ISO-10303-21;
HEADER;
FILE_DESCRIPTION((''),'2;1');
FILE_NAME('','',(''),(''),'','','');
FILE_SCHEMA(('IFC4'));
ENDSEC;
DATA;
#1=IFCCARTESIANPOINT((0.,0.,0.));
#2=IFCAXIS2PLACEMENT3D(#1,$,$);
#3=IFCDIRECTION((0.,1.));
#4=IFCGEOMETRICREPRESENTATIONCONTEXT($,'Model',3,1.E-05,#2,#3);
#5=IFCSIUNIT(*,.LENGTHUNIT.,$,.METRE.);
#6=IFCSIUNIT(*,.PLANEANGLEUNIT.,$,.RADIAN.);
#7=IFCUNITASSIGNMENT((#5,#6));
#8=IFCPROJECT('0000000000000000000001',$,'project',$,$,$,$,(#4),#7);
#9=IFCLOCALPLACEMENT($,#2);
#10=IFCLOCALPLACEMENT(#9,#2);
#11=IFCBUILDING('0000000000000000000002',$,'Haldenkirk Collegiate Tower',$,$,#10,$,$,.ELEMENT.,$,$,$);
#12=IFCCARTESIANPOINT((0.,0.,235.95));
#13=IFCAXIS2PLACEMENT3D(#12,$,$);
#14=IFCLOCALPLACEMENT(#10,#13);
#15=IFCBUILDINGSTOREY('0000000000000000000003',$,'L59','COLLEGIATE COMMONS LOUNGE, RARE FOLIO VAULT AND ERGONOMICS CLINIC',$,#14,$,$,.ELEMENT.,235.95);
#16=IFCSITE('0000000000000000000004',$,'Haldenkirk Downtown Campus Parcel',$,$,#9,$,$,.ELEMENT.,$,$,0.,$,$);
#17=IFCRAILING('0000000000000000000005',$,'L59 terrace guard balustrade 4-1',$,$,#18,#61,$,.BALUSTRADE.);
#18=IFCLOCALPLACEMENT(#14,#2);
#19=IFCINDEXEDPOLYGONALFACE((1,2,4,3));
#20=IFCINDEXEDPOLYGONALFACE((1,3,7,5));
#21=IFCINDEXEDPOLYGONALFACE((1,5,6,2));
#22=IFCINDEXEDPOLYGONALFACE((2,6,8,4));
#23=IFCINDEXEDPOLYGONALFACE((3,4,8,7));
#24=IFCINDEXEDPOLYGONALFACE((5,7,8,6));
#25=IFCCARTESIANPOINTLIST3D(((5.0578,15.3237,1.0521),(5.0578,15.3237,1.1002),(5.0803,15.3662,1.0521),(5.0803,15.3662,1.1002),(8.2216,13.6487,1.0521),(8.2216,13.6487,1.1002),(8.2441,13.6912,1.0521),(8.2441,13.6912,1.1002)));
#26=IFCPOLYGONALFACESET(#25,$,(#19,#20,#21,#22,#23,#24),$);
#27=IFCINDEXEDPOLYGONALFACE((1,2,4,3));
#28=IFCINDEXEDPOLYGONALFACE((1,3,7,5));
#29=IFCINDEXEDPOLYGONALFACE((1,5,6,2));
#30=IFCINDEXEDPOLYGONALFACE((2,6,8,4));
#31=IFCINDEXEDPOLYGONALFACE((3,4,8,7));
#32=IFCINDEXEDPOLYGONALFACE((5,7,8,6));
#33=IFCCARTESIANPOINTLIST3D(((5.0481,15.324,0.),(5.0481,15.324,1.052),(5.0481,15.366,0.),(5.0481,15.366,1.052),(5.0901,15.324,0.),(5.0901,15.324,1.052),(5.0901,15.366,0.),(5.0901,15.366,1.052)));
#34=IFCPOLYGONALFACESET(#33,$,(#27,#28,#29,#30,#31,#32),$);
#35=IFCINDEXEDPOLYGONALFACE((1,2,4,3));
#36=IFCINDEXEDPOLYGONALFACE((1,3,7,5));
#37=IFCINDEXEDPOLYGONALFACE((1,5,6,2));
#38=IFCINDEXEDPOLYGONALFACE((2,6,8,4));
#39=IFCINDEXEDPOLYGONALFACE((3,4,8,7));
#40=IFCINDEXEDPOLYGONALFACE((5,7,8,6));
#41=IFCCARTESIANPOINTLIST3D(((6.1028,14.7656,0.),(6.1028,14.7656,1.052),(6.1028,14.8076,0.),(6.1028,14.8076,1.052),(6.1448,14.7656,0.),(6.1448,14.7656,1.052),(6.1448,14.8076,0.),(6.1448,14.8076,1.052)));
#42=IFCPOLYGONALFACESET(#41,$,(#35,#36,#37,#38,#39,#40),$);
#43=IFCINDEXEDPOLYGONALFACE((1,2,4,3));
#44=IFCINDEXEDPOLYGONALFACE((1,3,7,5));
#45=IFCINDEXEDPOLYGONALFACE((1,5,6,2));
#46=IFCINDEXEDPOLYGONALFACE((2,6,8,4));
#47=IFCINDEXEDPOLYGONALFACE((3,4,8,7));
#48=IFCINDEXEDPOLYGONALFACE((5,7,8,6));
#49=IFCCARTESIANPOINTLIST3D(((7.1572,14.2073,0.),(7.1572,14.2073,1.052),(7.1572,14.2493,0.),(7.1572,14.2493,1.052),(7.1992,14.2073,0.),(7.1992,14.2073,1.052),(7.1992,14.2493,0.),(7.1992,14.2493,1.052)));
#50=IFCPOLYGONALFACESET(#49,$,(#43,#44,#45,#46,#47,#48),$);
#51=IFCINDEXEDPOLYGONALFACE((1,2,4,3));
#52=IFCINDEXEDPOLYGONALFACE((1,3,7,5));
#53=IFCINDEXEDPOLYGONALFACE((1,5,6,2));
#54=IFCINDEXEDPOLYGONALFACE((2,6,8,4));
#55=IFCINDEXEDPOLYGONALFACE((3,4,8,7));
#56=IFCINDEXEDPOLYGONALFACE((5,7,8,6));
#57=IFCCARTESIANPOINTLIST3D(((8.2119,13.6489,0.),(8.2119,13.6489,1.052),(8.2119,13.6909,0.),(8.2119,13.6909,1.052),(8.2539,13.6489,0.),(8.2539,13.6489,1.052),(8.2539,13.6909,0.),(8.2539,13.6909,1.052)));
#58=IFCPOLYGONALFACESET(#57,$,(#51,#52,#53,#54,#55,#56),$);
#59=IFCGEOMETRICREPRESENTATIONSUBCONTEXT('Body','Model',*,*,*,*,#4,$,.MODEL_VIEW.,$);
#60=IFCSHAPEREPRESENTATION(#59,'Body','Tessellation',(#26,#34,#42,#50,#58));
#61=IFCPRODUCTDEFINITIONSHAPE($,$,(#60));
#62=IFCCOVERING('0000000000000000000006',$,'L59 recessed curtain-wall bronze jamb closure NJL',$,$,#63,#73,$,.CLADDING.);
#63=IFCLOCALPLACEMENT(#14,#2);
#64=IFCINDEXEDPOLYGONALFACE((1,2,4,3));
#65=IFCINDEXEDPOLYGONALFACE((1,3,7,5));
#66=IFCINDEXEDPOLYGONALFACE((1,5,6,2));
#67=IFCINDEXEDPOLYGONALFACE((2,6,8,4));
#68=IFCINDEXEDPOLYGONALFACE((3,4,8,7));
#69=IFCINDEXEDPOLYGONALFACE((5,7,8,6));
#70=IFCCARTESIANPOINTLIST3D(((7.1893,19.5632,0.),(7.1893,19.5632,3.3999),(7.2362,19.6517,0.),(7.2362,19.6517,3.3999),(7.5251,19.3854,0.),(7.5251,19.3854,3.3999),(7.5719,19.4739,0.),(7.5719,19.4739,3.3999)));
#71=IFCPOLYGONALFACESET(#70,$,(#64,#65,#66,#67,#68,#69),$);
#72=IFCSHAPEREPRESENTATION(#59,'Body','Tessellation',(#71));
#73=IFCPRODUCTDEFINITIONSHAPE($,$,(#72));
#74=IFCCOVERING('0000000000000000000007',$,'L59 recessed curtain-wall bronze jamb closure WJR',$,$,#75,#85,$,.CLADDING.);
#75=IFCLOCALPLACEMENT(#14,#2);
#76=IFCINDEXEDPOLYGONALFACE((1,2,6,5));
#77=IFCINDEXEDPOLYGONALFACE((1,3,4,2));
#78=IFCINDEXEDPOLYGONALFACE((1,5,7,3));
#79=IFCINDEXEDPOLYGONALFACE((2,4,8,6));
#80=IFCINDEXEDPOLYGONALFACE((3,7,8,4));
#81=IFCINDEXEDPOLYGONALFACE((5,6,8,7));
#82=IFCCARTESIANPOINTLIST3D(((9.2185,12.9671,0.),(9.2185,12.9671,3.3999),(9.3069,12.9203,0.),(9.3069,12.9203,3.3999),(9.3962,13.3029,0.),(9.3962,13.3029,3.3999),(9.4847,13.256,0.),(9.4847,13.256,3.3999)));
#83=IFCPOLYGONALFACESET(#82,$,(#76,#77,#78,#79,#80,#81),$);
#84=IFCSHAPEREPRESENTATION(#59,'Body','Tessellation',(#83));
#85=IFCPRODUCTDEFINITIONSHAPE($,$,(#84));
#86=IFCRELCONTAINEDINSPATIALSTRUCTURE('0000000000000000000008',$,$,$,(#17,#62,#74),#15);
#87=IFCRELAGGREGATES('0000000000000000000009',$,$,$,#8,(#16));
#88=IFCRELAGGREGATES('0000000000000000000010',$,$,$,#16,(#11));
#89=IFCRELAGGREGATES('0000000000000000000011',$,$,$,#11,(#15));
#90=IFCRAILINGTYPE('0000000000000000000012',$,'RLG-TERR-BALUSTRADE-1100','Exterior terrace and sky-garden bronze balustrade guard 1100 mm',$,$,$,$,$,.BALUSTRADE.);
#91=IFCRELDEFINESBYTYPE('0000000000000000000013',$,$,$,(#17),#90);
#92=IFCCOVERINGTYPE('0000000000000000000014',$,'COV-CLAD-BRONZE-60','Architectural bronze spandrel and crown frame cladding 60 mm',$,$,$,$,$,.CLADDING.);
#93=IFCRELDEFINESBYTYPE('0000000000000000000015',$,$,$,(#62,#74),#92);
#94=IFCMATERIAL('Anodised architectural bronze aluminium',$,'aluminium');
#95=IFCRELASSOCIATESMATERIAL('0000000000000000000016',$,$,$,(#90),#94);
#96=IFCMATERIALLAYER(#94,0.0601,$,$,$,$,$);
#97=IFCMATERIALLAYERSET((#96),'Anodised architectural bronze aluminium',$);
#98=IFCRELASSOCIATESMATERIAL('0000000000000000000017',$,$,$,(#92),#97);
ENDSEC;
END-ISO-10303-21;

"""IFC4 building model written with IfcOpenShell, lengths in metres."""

from ifc_helpers import new_model, si_unit, direction, frame, origin, origin_2d, place, context, subcontext, project, spatial, rectangle, extrude, source, transform, mapped, material, layer, layer_set, type_object, element, save


model = new_model("IFC4")

# Units and contexts
model_context = context("Model", 3, precision=1e-05, world=origin(), true_north=direction((0.0, 1.0)))
body_context = subcontext(model_context, "Body", "Model", "MODEL_VIEW")
ifc_project = project(units=[si_unit("LENGTHUNIT", "METRE"), si_unit("PLANEANGLEUNIT", "RADIAN")], contexts=[model_context])

# Site, building, storey
site_placement = place(None, origin())
site = spatial("IfcSite", under=ifc_project, at=site_placement, Name="Haldenkirk Downtown Campus Parcel", CompositionType="ELEMENT", RefElevation=0.0)
building_placement = place(site_placement, origin())
building = spatial("IfcBuilding", under=site, at=building_placement, Name="Haldenkirk Collegiate Tower", CompositionType="ELEMENT")
storey_placement = place(building_placement, frame((0.0, 0.0, 235.95)))
storey = spatial("IfcBuildingStorey", under=building, at=storey_placement, Name="L59", Description="COLLEGIATE COMMONS LOUNGE, RARE FOLIO VAULT AND ERGONOMICS CLINIC", CompositionType="ELEMENT", Elevation=235.95)

# Shared definitions
ifc_material_1 = material(Name="Anodised architectural bronze aluminium", Category="aluminium")

# Railing
railing_type = type_object("IfcRailingType", Name="RLG-TERR-BALUSTRADE-1100", Description="Exterior terrace and sky-garden bronze balustrade guard 1100 mm", PredefinedType="BALUSTRADE", material=ifc_material_1)
railing_1_placement = place(storey_placement, frame((5.0691, 15.345, 0.0)))
element("IfcRailing", 1, at=railing_1_placement, inside=storey, type_object=railing_type, Name="L59 terrace guard balustrade 4-1", PredefinedType="BALUSTRADE", context=body_context, shape_type="SweptSolid", body=[
    extrude(rectangle(XDim=0.0481, YDim=0.0481, at=origin_2d()), frame((0.0, 0.0, 1.0762), z_axis=(0.883778, -0.467907, 0.0), x_axis=(0.467907, 0.883778, 0.0)), (0.0, 0.0, 1.0), 3.5798),
    extrude(rectangle(XDim=0.042, YDim=0.042, at=origin_2d()), origin(), (0.0, 0.0, 1.0), 1.052),
    extrude(rectangle(XDim=0.042, YDim=0.042, at=origin_2d()), frame((1.0547, -0.5583, 0.0)), (0.0, 0.0, 1.0), 1.052),
    extrude(rectangle(XDim=0.042, YDim=0.042, at=origin_2d()), frame((2.1091, -1.1167, 0.0)), (0.0, 0.0, 1.0), 1.052),
    extrude(rectangle(XDim=0.042, YDim=0.042, at=origin_2d()), frame((3.1638, -1.675, 0.0)), (0.0, 0.0, 1.0), 1.052),
])

# Coverings
ifc_layer_1 = layer(ifc_material_1, 0.0601)
ifc_layer_set_1 = layer_set([ifc_layer_1], Name="Anodised architectural bronze aluminium")
covering_type_1 = type_object("IfcCoveringType", Name="COV-CLAD-BRONZE-60", Description="Architectural bronze spandrel and crown frame cladding 60 mm", PredefinedType="CLADDING", material=ifc_layer_set_1)
shared_shape = source(origin(), body_context, "Body", "SweptSolid", [
    extrude(rectangle(XDim=0.1001, YDim=0.3799, at=origin_2d()), origin(), (0.0, 0.0, 1.0), 3.3999),
])
for number, where, z_axis, x_axis, name in (
    (2, (7.3806, 19.5186, 0.0), (0.0, 0.0, 1.0), (0.46793, 0.883766, 0.0), "L59 recessed curtain-wall bronze jamb closure NJL"),
    (3, (9.3516, 13.1116, 0.0), (0.0, 0.0, 1.0), (-0.883766, 0.46793, 0.0), "L59 recessed curtain-wall bronze jamb closure WJR"),
):
    element("IfcCovering", number, at=place(storey_placement, frame(where, z_axis=z_axis, x_axis=x_axis)), inside=storey, type_object=covering_type_1, Name=name, PredefinedType="CLADDING", context=body_context, shape_type="MappedRepresentation", body=[
        mapped(shared_shape, transform((0.0, 0.0, 0.0), x_axis=(1.0, 0.0, 0.0), y_axis=(0.0, 1.0, 0.0), z_axis=(0.0, 0.0, 1.0), scale=1.0)),
    ])

save(model, "model.ifc")
